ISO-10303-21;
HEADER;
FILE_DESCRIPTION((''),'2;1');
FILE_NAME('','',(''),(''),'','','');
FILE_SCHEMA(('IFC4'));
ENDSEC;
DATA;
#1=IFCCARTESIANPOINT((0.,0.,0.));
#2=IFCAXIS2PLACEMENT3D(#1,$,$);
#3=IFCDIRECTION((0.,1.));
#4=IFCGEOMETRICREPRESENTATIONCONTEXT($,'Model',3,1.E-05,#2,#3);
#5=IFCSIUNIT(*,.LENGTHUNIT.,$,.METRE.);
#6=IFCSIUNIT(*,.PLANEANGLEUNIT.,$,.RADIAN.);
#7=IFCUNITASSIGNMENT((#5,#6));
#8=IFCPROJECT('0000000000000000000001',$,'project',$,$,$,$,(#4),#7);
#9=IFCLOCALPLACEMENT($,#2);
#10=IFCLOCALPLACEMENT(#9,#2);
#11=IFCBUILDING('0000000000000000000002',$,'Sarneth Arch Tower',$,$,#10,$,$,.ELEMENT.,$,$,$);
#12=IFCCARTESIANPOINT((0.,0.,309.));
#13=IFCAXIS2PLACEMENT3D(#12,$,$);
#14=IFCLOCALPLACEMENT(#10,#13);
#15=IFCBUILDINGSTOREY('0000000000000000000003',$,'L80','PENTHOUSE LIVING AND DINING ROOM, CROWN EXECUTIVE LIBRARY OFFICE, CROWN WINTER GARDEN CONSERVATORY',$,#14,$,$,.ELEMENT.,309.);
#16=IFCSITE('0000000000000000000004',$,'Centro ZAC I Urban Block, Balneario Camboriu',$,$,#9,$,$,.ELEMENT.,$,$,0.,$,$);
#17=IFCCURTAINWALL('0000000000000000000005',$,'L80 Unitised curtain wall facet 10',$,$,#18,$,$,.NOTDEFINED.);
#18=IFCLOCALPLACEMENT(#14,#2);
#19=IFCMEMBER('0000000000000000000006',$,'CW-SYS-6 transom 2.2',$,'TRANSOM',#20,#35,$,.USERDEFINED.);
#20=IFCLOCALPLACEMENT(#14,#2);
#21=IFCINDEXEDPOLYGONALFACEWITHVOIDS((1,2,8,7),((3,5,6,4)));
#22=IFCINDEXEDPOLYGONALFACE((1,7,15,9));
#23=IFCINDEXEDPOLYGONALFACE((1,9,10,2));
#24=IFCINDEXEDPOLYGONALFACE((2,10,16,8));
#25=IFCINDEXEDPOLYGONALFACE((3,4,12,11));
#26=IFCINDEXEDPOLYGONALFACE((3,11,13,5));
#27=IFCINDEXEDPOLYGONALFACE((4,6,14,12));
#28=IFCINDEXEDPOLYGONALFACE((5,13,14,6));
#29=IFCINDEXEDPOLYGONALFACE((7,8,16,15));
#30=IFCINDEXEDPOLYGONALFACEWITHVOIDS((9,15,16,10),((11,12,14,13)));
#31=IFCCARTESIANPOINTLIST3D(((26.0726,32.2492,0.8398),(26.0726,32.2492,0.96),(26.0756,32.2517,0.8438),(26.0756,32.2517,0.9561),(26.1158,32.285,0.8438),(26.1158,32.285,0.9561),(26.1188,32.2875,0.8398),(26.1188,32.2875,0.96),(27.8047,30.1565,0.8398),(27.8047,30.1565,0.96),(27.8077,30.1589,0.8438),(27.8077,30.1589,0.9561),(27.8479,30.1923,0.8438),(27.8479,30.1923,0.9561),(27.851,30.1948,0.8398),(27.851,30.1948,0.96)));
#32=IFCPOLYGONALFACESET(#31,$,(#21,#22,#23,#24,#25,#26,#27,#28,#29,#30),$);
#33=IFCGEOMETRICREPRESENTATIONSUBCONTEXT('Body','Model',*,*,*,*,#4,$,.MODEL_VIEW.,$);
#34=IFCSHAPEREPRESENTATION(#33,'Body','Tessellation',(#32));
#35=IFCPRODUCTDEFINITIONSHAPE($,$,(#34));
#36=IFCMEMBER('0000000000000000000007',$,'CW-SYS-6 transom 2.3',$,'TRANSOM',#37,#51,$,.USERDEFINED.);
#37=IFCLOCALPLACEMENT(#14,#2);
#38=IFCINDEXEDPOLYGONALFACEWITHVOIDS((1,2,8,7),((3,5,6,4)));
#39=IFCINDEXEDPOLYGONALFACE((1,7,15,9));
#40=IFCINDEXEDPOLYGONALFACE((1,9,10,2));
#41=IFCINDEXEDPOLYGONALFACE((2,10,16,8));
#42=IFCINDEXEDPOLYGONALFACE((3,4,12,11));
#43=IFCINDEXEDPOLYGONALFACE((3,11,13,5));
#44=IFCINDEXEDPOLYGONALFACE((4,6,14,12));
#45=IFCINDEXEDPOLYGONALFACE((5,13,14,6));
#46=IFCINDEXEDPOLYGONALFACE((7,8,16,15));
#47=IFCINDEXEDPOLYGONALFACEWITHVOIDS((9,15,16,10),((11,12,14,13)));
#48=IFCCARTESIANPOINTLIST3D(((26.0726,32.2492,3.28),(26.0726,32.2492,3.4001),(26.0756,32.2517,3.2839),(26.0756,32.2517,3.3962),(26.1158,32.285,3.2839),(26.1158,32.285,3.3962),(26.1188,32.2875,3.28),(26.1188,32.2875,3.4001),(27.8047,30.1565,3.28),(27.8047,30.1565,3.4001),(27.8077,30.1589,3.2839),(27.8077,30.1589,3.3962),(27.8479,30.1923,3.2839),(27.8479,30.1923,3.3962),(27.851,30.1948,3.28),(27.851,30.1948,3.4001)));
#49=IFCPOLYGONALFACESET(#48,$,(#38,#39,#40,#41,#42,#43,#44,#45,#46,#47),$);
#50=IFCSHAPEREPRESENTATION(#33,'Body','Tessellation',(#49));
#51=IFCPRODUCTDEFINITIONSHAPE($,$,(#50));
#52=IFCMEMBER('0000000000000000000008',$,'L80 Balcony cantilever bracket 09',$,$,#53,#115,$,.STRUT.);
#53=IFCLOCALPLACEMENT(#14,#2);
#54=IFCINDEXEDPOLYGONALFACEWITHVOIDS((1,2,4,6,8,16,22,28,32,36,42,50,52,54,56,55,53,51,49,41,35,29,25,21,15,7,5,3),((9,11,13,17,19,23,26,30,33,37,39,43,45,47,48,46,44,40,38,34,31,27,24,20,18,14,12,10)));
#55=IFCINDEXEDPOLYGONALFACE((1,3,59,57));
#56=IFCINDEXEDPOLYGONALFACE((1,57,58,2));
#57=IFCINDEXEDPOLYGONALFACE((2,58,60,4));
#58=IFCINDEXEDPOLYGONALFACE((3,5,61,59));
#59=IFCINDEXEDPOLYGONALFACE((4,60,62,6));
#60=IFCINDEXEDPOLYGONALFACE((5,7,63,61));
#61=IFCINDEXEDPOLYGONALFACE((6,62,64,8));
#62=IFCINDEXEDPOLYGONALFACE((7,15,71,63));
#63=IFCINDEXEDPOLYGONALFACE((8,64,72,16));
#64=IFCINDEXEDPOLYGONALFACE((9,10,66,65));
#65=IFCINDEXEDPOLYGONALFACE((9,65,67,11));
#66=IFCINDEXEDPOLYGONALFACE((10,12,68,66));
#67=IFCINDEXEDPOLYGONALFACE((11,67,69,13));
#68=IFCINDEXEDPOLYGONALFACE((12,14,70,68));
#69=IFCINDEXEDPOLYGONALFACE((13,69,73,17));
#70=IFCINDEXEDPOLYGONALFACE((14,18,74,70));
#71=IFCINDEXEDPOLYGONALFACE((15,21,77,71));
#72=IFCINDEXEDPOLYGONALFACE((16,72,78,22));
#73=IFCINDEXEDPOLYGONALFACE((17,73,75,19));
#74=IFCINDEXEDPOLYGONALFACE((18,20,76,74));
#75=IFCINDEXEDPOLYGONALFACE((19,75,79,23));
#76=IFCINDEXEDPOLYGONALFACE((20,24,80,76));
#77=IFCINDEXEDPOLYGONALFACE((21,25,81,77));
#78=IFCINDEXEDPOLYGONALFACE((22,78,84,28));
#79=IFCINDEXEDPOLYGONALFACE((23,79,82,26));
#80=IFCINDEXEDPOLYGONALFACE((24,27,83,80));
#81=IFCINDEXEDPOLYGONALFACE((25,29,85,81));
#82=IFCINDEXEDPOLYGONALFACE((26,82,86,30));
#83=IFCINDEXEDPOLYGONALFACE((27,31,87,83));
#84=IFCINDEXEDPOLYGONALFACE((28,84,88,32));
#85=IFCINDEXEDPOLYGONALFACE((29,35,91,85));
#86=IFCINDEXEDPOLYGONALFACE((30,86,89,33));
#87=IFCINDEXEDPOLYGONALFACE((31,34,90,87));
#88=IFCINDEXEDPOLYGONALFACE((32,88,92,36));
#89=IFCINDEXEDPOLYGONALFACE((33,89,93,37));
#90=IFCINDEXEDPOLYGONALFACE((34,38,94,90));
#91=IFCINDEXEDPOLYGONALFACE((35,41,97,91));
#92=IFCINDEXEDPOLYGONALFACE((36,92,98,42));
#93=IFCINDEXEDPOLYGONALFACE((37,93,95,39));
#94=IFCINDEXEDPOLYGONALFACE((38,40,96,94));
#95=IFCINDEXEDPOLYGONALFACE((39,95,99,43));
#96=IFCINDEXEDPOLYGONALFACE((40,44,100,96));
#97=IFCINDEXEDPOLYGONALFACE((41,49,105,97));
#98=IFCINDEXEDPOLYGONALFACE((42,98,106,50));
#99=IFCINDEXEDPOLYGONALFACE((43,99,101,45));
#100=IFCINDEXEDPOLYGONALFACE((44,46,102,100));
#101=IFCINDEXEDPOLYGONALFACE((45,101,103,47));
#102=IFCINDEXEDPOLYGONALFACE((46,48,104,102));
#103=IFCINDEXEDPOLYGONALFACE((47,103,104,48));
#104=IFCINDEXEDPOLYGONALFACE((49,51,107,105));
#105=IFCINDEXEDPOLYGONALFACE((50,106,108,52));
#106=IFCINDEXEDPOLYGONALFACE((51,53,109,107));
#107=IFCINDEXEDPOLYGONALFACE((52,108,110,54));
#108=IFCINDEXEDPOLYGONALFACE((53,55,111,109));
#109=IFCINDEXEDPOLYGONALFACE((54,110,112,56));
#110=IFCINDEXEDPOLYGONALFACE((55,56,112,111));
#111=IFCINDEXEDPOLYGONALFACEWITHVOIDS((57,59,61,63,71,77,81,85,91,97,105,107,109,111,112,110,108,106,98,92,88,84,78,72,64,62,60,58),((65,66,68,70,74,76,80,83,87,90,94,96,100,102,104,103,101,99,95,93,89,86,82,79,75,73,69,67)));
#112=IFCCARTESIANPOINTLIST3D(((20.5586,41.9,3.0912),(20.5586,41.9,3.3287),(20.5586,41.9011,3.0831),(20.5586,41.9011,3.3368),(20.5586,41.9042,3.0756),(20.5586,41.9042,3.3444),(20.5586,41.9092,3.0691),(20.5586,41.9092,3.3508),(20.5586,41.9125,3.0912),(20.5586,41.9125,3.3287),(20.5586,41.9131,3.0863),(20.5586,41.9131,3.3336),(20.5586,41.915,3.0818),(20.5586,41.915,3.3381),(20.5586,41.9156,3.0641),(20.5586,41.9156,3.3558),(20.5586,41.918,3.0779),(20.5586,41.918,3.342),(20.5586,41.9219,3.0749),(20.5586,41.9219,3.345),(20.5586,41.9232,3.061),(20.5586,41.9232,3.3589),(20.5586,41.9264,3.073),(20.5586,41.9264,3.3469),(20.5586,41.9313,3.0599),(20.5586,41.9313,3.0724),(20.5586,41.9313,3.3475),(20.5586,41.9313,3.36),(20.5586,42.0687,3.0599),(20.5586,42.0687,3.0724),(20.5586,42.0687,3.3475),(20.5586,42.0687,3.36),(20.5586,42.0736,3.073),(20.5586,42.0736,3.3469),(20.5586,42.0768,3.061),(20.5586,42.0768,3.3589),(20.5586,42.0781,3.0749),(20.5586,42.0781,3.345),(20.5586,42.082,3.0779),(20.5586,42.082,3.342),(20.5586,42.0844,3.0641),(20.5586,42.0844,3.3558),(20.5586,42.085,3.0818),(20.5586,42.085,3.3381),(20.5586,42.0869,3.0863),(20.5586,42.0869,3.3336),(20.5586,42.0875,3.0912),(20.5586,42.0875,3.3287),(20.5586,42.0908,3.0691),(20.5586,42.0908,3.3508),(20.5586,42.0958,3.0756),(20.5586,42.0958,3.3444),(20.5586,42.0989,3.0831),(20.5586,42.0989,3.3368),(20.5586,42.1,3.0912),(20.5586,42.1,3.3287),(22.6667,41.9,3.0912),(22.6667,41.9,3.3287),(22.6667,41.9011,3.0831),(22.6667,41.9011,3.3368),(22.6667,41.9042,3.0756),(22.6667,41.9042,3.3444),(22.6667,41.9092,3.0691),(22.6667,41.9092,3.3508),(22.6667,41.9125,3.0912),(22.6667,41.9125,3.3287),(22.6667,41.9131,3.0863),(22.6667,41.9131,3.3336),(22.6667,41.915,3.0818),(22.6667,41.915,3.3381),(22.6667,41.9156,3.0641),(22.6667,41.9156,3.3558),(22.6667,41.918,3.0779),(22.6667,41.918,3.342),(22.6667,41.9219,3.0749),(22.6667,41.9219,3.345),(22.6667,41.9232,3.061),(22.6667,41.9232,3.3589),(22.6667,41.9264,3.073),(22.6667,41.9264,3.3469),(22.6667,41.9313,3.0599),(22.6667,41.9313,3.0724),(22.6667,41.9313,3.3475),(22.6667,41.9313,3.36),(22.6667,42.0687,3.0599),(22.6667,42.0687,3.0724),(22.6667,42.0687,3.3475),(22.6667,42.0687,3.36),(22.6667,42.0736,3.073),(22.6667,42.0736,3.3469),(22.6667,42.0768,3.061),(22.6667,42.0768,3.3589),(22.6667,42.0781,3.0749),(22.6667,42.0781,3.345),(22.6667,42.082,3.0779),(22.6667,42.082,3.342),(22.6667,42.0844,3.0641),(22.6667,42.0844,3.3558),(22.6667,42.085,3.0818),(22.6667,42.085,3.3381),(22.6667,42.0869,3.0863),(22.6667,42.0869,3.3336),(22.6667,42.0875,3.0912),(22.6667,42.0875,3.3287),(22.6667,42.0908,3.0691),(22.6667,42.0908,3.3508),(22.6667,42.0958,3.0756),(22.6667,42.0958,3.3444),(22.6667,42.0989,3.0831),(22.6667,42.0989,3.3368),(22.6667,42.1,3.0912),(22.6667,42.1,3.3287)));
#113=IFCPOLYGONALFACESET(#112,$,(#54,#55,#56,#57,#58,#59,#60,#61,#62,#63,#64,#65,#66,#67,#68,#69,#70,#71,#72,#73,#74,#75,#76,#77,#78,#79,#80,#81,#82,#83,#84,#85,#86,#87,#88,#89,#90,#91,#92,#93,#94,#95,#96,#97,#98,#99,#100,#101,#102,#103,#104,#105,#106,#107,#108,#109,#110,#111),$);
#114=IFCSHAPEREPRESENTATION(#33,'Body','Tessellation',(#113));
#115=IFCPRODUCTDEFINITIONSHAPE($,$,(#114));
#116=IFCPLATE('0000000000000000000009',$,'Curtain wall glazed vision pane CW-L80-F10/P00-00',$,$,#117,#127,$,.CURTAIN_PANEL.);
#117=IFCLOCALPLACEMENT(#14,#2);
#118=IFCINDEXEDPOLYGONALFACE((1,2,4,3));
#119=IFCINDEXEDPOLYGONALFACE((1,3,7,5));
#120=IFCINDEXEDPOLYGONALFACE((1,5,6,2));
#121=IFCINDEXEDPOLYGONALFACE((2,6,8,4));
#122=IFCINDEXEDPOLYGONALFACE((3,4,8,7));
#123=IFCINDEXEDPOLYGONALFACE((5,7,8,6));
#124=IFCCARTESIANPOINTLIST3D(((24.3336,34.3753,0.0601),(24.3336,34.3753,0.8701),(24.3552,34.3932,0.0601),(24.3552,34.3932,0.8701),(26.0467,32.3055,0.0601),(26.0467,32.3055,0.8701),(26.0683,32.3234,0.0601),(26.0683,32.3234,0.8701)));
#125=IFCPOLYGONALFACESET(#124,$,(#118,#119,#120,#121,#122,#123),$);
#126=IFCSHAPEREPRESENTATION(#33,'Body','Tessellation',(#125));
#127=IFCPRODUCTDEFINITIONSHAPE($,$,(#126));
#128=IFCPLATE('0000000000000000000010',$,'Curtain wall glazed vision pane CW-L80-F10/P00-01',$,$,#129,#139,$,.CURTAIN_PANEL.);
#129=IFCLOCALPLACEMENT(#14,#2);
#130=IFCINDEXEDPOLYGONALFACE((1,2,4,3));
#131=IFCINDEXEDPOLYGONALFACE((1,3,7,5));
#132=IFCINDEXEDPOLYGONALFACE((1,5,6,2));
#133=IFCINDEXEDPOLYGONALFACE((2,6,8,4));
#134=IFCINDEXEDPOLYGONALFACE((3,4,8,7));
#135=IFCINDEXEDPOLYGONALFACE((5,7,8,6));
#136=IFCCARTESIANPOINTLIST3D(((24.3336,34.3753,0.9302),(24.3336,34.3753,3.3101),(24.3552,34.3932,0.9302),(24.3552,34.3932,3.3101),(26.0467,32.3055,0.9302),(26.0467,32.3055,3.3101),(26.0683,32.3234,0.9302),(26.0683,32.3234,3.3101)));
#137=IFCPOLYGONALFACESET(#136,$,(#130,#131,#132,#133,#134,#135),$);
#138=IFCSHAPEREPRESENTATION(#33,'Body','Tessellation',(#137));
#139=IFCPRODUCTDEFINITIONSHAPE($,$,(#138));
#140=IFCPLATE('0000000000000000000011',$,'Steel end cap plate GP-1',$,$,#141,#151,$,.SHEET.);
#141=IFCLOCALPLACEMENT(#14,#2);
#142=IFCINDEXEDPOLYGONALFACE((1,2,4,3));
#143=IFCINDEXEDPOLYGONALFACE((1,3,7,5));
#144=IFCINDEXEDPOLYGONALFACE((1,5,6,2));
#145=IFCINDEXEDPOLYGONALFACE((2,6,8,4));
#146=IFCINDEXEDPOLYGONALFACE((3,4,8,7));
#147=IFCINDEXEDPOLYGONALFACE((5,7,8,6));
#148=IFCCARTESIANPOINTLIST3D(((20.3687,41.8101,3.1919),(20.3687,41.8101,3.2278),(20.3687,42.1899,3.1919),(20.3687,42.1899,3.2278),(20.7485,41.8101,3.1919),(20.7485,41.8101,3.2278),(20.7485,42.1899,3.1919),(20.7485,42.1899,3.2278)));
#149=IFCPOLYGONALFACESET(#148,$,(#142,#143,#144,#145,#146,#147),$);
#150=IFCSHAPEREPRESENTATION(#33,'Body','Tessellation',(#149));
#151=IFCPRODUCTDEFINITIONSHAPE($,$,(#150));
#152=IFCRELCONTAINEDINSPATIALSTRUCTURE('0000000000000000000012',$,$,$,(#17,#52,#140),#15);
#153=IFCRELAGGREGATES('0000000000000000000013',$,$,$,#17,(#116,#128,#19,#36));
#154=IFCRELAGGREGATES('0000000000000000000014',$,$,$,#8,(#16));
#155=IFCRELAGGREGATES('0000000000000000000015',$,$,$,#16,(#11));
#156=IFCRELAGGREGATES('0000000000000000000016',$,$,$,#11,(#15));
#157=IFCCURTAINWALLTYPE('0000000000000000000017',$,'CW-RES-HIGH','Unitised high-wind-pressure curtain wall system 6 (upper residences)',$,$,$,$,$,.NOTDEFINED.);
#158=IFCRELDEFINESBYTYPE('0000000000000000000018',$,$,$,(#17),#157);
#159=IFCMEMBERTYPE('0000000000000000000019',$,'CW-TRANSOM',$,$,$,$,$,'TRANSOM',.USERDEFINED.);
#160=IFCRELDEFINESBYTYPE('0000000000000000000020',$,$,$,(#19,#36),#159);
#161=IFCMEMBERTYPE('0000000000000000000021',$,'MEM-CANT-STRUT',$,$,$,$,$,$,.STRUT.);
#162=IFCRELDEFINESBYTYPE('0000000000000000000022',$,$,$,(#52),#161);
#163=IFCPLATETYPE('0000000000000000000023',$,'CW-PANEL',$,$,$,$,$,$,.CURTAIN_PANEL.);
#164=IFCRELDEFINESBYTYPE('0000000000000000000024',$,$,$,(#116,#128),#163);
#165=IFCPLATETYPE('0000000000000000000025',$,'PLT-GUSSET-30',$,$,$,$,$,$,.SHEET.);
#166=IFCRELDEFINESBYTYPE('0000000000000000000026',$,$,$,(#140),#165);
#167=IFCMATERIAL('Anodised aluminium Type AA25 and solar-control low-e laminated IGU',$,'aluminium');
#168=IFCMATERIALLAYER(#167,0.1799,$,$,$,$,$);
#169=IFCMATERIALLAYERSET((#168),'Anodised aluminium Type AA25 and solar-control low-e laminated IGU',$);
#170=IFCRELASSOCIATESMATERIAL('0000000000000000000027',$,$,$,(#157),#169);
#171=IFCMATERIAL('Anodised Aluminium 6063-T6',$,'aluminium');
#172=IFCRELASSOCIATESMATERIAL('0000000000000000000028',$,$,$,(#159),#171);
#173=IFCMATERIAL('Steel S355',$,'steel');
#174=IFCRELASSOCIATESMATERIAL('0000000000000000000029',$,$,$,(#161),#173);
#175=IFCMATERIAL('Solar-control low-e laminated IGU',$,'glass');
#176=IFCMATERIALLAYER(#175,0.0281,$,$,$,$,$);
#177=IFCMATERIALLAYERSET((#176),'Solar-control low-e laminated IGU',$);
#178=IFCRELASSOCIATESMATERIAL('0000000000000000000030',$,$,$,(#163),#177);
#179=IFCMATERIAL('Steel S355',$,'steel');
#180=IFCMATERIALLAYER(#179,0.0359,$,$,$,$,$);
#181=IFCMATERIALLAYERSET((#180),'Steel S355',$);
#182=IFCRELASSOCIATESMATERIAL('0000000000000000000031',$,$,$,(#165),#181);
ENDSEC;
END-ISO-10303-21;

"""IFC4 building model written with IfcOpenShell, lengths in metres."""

from ifc_helpers import new_model, si_unit, direction, frame, origin, origin_2d, place, context, subcontext, project, spatial, rectangle, hollow_rectangle, extrude, material, layer, layer_set, material_profile, profile_set, type_object, element, aggregate, save


model = new_model("IFC4")

# Units and contexts
model_context = context("Model", 3, precision=1e-05, world=origin(), true_north=direction((0.0, 1.0)))
body_context = subcontext(model_context, "Body", "Model", "MODEL_VIEW")
ifc_project = project(units=[si_unit("LENGTHUNIT", "METRE"), si_unit("PLANEANGLEUNIT", "RADIAN")], contexts=[model_context])

# Site, building, storey
site_placement = place(None, origin())
site = spatial("IfcSite", under=ifc_project, at=site_placement, Name="Centro ZAC I Urban Block, Balneario Camboriu", CompositionType="ELEMENT", RefElevation=0.0)
building_placement = place(site_placement, origin())
building = spatial("IfcBuilding", under=site, at=building_placement, Name="Sarneth Arch Tower", CompositionType="ELEMENT")
storey_placement = place(building_placement, frame((0.0, 0.0, 309.0)))
storey = spatial("IfcBuildingStorey", under=building, at=storey_placement, Name="L80", Description="PENTHOUSE LIVING AND DINING ROOM, CROWN EXECUTIVE LIBRARY OFFICE, CROWN WINTER GARDEN CONSERVATORY", CompositionType="ELEMENT", Elevation=309.0)

# Curtain wall, members
ifc_material_1 = material(Name="Anodised aluminium Type AA25 and solar-control low-e laminated IGU", Category="aluminium")
ifc_layer_1 = layer(ifc_material_1, 0.1799)
ifc_layer_set_1 = layer_set([ifc_layer_1], Name="Anodised aluminium Type AA25 and solar-control low-e laminated IGU")
curtain_wall_type = type_object("IfcCurtainWallType", Name="CW-RES-HIGH", Description="Unitised high-wind-pressure curtain wall system 6 (upper residences)", PredefinedType="NOTDEFINED", material=ifc_layer_set_1)
curtain_wall_placement = place(storey_placement, origin())
curtain_wall = element("IfcCurtainWall", 1, at=curtain_wall_placement, inside=storey, type_object=curtain_wall_type, Name="L80 Unitised curtain wall facet 10", PredefinedType="NOTDEFINED")
ifc_material_2 = material(Name="Anodised Aluminium 6063-T6", Category="aluminium")
ifc_material_profile_1 = material_profile(ifc_material_2, hollow_rectangle(XDim=0.0601, YDim=0.1201, WallThickness=0.0039, at=origin_2d()), Name="AL-TRAN-120x60x4")
ifc_profile_set_1 = profile_set([ifc_material_profile_1], Name="Anodised Aluminium 6063-T6")
member_type_1 = type_object("IfcMemberType", Name="CW-TRANSOM", ElementType="TRANSOM", PredefinedType="USERDEFINED", material=ifc_profile_set_1)
member_1_placement = place(storey_placement, frame((26.0957, 32.2683, 0.8999), z_axis=(0.637617, -0.770353, 0.0), x_axis=(0.770353, 0.637617, 0.0)))
member_1 = element("IfcMember", 2, at=member_1_placement, type_object=member_type_1, Name="CW-SYS-6 transom 2.2", ObjectType="TRANSOM", PredefinedType="USERDEFINED", context=body_context, shape_type="SweptSolid", body=[
    extrude(hollow_rectangle(XDim=0.0601, YDim=0.1201, WallThickness=0.0039, at=origin_2d()), origin(), (0.0, 0.0, 1.0), 2.7166),
])
member_2_placement = place(storey_placement, frame((26.0957, 32.2683, 3.3401), z_axis=(0.637617, -0.770353, 0.0), x_axis=(0.770353, 0.637617, 0.0)))
member_2 = element("IfcMember", 3, at=member_2_placement, type_object=member_type_1, Name="CW-SYS-6 transom 2.3", ObjectType="TRANSOM", PredefinedType="USERDEFINED", context=body_context, shape_type="SweptSolid", body=[
    extrude(hollow_rectangle(XDim=0.0601, YDim=0.1201, WallThickness=0.0039, at=origin_2d()), origin(), (0.0, 0.0, 1.0), 2.7166),
])

# Member
ifc_material_3 = material(Name="Steel S355", Category="steel")
ifc_material_profile_2 = material_profile(ifc_material_3, hollow_rectangle(XDim=0.2, YDim=0.3, WallThickness=0.0125, InnerFilletRadius=0.0188, OuterFilletRadius=0.0312, at=origin_2d()), Name="RHS300x200x12.5")
ifc_profile_set_2 = profile_set([ifc_material_profile_2], Name="Steel S355")
member_type_2 = type_object("IfcMemberType", Name="MEM-CANT-STRUT", PredefinedType="STRUT", material=ifc_profile_set_2)
member_3_placement = place(storey_placement, frame((22.6667, 42.0, 3.21), z_axis=(-1.0, 0.0, 0.0), x_axis=(0.0, -1.0, 0.0)))
element("IfcMember", 4, at=member_3_placement, inside=storey, type_object=member_type_2, Name="L80 Balcony cantilever bracket 09", PredefinedType="STRUT", context=body_context, shape_type="SweptSolid", body=[
    extrude(hollow_rectangle(XDim=0.2, YDim=0.3, WallThickness=0.0125, InnerFilletRadius=0.0188, OuterFilletRadius=0.0312, at=origin_2d()), origin(), (0.0, 0.0, 1.0), 2.1082),
])

# Plates
ifc_material_4 = material(Name="Solar-control low-e laminated IGU", Category="glass")
ifc_layer_2 = layer(ifc_material_4, 0.0281)
ifc_layer_set_2 = layer_set([ifc_layer_2], Name="Solar-control low-e laminated IGU")
plate_type_1 = type_object("IfcPlateType", Name="CW-PANEL", PredefinedType="CURTAIN_PANEL", material=ifc_layer_set_2)
plate_1_placement = place(storey_placement, frame((25.2009, 33.3494, 0.0601), z_axis=(0.0, 0.0, 1.0), x_axis=(0.63761, -0.770359, 0.0)))
plate_1 = element("IfcPlate", 5, at=plate_1_placement, type_object=plate_type_1, Name="Curtain wall glazed vision pane CW-L80-F10/P00-00", PredefinedType="CURTAIN_PANEL", context=body_context, shape_type="SweptSolid", body=[
    extrude(rectangle(XDim=2.6868, YDim=0.0281, at=origin_2d()), origin(), (0.0, 0.0, 1.0), 0.8101),
])
plate_2_placement = place(storey_placement, frame((25.2009, 33.3494, 0.9302), z_axis=(0.0, 0.0, 1.0), x_axis=(0.63761, -0.770359, 0.0)))
plate_2 = element("IfcPlate", 6, at=plate_2_placement, type_object=plate_type_1, Name="Curtain wall glazed vision pane CW-L80-F10/P00-01", PredefinedType="CURTAIN_PANEL", context=body_context, shape_type="SweptSolid", body=[
    extrude(rectangle(XDim=2.6868, YDim=0.0281, at=origin_2d()), origin(), (0.0, 0.0, 1.0), 2.3799),
])
aggregate(curtain_wall, [plate_1, plate_2, member_1, member_2])
ifc_material_5 = material(Name="Steel S355", Category="steel")
ifc_layer_3 = layer(ifc_material_5, 0.0359)
ifc_layer_set_3 = layer_set([ifc_layer_3], Name="Steel S355")
plate_type_2 = type_object("IfcPlateType", Name="PLT-GUSSET-30", PredefinedType="SHEET", material=ifc_layer_set_3)
plate_3_placement = place(storey_placement, frame((20.5586, 42.0, 3.1919), z_axis=(0.0, 0.0, 1.0), x_axis=(-1.0, 0.0, 0.0)))
element("IfcPlate", 7, at=plate_3_placement, inside=storey, type_object=plate_type_2, Name="Steel end cap plate GP-1", PredefinedType="SHEET", context=body_context, shape_type="SweptSolid", body=[
    extrude(rectangle(XDim=0.3799, YDim=0.3799, at=origin_2d()), origin(), (0.0, 0.0, 1.0), 0.0359),
])

save(model, "model.ifc")
